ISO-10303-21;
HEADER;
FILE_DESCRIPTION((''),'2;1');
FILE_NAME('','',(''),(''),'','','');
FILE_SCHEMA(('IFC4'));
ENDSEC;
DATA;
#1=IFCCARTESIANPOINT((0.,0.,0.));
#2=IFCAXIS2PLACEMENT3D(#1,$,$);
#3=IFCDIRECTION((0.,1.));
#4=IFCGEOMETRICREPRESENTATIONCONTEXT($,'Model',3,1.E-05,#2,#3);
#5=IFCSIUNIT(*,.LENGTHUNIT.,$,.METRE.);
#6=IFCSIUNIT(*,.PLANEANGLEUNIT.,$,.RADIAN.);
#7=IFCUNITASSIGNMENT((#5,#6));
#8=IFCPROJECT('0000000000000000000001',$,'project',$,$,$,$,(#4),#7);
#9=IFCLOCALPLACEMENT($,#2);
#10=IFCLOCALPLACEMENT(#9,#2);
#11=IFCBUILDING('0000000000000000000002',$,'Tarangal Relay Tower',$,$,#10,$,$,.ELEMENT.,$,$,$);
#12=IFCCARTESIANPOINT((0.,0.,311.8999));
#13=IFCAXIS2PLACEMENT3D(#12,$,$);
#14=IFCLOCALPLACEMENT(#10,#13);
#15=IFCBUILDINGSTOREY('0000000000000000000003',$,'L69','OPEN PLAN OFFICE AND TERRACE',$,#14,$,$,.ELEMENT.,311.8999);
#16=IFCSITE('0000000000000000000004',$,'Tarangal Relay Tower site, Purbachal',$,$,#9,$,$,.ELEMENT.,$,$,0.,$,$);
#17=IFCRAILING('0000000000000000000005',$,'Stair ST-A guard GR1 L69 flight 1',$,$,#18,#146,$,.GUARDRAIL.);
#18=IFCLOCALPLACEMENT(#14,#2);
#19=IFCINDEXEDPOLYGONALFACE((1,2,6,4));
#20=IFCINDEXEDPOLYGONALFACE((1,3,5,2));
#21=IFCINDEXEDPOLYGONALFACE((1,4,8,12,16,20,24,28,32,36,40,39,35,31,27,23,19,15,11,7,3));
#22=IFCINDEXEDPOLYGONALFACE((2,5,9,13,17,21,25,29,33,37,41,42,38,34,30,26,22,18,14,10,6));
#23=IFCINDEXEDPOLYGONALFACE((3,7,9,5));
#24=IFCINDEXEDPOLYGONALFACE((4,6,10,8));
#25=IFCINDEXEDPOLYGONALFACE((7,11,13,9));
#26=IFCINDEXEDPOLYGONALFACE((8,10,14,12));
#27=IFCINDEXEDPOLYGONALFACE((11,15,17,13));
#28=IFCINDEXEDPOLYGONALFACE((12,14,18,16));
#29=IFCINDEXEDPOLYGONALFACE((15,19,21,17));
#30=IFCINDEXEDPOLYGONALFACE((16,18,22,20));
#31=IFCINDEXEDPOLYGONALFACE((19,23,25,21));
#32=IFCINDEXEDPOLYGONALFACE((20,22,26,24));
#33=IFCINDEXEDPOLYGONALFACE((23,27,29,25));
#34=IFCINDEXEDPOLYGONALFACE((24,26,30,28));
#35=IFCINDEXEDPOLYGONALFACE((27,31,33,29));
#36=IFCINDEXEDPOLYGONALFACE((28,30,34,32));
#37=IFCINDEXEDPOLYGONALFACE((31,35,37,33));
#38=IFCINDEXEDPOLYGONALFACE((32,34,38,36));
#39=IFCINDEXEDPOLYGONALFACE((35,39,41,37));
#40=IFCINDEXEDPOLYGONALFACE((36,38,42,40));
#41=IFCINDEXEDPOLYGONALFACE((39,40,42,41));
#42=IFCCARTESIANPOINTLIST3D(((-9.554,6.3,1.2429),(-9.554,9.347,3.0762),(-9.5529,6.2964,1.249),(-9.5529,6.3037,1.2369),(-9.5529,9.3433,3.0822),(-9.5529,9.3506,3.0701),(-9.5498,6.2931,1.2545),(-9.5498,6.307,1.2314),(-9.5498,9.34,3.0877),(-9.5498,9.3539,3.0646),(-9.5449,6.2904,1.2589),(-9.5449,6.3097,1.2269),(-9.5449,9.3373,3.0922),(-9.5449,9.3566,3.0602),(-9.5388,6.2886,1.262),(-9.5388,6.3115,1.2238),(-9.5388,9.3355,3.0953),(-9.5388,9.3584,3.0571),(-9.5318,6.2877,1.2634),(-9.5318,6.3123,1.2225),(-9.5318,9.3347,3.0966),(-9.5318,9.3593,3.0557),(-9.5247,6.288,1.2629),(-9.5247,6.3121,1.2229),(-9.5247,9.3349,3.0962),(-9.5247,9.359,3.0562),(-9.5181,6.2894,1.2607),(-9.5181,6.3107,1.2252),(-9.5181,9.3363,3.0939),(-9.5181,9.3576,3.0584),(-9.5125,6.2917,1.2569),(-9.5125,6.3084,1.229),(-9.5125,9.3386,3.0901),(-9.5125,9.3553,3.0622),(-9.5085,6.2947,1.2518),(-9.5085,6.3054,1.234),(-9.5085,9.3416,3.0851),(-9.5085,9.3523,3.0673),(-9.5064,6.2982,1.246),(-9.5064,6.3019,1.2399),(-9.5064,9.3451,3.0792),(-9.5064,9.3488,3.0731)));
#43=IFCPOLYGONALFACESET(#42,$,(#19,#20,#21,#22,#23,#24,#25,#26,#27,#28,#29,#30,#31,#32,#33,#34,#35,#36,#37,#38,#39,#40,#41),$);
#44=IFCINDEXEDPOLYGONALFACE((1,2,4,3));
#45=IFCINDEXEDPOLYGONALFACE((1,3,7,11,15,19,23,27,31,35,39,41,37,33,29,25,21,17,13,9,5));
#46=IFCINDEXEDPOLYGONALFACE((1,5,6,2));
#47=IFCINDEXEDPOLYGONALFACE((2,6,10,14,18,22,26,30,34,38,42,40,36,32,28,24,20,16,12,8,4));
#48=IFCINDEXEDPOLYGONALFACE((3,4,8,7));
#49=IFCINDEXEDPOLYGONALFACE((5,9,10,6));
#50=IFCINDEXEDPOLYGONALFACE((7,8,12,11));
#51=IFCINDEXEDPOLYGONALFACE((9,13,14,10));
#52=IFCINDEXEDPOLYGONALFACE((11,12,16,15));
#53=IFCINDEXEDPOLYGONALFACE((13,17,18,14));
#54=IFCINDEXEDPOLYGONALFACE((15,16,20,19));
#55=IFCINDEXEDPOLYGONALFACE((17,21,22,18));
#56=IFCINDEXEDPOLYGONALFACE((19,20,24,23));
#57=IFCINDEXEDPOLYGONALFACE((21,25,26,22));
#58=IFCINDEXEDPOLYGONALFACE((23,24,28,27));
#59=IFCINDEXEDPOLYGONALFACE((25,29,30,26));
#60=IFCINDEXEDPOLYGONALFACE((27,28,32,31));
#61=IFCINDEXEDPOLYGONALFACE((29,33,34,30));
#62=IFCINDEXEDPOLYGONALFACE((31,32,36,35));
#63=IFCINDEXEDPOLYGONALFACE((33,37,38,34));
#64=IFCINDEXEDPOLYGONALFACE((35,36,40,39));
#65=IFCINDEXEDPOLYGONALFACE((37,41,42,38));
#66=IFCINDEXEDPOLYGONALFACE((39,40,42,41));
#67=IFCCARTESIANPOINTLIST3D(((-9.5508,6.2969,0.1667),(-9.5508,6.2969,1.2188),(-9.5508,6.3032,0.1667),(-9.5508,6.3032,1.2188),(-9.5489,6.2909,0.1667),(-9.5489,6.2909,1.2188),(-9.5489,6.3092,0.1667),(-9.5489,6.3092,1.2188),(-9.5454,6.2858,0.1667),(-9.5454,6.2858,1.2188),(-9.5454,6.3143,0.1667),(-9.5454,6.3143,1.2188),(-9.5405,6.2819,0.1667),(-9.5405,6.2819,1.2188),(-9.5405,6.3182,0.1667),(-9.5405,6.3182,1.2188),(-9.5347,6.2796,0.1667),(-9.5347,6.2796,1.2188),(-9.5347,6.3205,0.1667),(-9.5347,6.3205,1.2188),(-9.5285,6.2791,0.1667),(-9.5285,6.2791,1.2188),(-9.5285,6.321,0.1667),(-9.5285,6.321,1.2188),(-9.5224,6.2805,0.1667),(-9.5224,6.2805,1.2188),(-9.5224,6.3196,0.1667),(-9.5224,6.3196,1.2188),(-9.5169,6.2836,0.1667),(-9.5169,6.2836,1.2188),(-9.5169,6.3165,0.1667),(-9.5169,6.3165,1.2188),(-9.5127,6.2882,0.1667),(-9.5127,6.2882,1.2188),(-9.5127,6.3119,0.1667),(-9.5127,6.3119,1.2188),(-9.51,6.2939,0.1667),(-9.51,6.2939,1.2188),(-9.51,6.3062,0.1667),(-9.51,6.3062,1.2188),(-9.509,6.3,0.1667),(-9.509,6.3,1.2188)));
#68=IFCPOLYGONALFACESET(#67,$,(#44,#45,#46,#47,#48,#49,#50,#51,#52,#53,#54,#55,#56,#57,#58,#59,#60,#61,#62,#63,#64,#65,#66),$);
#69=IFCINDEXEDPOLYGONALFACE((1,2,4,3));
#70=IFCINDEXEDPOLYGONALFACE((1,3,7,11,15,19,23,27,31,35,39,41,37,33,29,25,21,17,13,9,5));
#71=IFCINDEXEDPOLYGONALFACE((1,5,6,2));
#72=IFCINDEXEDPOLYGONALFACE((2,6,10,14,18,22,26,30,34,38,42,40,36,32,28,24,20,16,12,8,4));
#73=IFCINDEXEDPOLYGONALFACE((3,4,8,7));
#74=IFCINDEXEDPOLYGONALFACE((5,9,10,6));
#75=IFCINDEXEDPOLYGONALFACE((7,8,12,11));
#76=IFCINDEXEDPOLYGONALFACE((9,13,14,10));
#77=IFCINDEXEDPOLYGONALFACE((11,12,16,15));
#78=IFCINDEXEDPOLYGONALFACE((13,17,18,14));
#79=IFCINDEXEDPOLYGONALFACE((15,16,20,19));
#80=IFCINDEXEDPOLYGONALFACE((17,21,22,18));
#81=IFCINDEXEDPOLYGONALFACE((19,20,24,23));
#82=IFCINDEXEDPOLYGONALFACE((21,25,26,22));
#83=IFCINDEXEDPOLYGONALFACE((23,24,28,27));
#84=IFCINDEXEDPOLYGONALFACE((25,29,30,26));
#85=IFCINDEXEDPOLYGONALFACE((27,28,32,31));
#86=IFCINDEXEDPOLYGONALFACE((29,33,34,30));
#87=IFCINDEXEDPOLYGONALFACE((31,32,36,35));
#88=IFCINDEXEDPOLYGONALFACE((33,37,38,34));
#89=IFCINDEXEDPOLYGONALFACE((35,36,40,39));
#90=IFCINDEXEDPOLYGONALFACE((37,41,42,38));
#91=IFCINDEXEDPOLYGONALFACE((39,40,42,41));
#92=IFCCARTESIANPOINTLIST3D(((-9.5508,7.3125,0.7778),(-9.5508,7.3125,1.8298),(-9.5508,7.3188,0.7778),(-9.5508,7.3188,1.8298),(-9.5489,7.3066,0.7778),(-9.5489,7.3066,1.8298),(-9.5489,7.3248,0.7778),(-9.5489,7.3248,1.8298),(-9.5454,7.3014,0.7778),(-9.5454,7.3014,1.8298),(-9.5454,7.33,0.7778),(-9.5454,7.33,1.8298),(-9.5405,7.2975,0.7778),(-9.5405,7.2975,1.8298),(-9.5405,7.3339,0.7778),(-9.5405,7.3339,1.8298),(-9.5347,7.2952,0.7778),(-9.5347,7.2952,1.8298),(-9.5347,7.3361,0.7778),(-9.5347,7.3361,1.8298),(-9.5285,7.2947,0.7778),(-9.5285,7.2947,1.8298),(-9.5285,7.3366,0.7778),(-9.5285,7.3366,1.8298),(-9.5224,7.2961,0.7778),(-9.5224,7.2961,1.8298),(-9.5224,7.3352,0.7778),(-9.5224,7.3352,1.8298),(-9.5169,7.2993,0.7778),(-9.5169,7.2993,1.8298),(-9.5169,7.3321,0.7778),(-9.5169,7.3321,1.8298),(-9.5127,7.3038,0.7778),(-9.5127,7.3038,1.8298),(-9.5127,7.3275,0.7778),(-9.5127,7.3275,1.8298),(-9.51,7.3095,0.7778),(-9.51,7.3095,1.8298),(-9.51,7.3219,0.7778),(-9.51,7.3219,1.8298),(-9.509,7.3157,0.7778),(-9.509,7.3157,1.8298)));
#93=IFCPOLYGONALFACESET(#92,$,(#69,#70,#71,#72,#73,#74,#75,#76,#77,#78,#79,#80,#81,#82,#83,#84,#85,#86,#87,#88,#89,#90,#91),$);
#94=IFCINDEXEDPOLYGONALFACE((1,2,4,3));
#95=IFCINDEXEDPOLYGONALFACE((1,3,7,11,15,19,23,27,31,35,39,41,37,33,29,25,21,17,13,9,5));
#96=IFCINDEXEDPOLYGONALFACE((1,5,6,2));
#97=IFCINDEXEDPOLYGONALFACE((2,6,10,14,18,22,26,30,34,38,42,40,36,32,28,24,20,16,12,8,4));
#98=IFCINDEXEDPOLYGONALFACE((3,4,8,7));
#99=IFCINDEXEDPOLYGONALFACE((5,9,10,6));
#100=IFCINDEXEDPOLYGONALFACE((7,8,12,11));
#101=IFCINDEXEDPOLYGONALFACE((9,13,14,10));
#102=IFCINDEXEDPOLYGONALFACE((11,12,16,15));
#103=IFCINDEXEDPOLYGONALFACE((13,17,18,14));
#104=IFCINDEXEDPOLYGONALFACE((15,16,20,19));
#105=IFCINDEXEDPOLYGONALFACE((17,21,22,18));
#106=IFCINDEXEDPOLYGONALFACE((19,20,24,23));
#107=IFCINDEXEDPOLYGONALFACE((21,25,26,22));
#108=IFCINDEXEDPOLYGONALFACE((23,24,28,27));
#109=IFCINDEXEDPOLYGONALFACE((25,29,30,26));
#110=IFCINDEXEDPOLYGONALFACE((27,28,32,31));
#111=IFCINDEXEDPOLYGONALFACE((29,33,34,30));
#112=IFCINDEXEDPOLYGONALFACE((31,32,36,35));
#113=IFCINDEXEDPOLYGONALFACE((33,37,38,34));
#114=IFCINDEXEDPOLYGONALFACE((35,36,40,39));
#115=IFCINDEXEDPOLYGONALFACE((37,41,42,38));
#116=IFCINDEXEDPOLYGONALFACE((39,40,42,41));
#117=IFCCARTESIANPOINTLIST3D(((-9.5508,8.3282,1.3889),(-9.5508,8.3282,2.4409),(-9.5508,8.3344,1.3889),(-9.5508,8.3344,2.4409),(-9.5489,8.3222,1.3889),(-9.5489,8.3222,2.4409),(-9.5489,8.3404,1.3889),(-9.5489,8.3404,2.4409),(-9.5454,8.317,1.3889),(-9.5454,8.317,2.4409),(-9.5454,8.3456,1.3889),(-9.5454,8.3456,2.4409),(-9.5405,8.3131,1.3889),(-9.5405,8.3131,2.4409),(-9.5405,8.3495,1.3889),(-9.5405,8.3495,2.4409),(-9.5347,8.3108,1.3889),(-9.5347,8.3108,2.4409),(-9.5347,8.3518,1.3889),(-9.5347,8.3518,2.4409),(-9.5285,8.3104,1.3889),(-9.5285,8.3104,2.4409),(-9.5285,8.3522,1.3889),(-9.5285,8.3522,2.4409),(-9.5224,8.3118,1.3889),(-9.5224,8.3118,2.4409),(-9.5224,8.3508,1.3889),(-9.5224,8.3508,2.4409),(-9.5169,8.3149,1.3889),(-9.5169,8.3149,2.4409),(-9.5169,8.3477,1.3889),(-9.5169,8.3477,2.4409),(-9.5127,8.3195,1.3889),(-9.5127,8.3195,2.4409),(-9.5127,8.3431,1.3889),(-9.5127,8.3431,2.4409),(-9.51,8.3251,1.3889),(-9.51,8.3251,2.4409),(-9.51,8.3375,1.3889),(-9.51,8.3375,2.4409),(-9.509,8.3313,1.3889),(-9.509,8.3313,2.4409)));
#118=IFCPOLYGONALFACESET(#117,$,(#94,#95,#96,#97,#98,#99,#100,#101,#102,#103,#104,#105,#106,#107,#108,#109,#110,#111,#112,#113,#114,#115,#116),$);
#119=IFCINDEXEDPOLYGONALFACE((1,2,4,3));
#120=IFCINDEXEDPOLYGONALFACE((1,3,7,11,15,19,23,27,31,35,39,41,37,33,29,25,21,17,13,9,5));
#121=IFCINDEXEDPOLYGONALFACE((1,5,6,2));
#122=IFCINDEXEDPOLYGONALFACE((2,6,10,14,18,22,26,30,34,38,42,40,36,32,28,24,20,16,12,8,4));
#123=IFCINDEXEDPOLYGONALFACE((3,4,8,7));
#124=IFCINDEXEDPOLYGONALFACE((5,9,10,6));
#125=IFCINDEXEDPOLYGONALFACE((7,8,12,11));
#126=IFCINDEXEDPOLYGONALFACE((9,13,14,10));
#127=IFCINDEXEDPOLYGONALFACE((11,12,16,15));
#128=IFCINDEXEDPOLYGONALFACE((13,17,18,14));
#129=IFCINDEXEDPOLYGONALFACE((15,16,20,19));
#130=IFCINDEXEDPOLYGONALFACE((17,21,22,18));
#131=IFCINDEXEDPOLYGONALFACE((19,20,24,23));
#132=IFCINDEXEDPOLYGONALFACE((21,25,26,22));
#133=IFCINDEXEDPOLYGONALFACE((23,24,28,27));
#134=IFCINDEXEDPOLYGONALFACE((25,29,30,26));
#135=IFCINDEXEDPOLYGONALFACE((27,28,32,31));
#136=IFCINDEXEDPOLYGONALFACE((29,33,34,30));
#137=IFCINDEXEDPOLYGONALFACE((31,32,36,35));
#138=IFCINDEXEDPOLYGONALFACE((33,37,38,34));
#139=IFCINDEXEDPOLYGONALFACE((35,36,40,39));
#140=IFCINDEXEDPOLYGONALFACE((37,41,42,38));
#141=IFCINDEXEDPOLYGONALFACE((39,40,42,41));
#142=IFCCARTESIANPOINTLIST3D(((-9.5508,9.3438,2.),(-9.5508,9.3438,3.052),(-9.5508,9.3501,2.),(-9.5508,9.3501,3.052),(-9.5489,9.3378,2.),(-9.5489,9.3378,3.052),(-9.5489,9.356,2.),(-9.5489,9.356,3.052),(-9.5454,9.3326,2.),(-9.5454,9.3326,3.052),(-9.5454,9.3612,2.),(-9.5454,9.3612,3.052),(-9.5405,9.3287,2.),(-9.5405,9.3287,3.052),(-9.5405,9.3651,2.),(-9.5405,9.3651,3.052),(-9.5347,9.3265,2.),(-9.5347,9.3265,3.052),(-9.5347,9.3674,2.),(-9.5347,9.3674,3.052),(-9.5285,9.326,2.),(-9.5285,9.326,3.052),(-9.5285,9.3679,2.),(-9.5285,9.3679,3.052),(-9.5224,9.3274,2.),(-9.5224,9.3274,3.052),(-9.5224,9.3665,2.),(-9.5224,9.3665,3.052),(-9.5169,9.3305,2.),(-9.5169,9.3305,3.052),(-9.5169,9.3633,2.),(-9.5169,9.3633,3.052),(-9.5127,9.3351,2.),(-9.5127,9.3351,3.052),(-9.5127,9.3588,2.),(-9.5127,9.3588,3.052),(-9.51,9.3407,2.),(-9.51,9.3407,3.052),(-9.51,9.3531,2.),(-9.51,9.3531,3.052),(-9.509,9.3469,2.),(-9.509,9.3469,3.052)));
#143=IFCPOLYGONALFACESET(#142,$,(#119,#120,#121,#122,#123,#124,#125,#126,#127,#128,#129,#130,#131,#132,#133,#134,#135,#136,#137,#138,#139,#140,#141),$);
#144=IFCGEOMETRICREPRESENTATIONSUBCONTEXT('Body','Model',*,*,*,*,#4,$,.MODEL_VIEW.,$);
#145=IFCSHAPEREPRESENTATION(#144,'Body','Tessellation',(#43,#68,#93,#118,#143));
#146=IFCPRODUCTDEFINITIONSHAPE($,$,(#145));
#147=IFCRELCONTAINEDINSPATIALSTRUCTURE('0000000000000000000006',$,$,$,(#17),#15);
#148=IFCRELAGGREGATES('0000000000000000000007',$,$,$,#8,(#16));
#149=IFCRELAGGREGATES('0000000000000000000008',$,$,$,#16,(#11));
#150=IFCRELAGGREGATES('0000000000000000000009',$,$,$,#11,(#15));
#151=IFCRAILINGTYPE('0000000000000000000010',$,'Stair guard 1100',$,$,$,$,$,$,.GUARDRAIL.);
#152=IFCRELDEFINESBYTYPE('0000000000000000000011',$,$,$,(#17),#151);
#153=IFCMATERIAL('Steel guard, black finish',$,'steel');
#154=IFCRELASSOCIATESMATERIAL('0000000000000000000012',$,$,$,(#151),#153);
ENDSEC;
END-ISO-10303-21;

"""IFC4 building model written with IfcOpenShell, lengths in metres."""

from ifc_helpers import new_model, si_unit, direction, frame, origin, origin_2d, place, context, subcontext, project, spatial, circle, extrude, material, type_object, element, save


model = new_model("IFC4")

# Units and contexts
model_context = context("Model", 3, precision=1e-05, world=origin(), true_north=direction((0.0, 1.0)))
body_context = subcontext(model_context, "Body", "Model", "MODEL_VIEW")
ifc_project = project(units=[si_unit("LENGTHUNIT", "METRE"), si_unit("PLANEANGLEUNIT", "RADIAN")], contexts=[model_context])

# Site, building, storey
site_placement = place(None, origin())
site = spatial("IfcSite", under=ifc_project, at=site_placement, Name="Tarangal Relay Tower site, Purbachal", CompositionType="ELEMENT", RefElevation=0.0)
building_placement = place(site_placement, origin())
building = spatial("IfcBuilding", under=site, at=building_placement, Name="Tarangal Relay Tower", CompositionType="ELEMENT")
storey_placement = place(building_placement, frame((0.0, 0.0, 311.8999)))
storey = spatial("IfcBuildingStorey", under=building, at=storey_placement, Name="L69", Description="OPEN PLAN OFFICE AND TERRACE", CompositionType="ELEMENT", Elevation=311.8999)

# Railing
ifc_material_1 = material(Name="Steel guard, black finish", Category="steel")
railing_type_1 = type_object("IfcRailingType", Name="Stair guard 1100", PredefinedType="GUARDRAIL", material=ifc_material_1)
railing_1_placement = place(storey_placement, frame((-9.53, 6.3, 0.1667)))
element("IfcRailing", 1, at=railing_1_placement, inside=storey, type_object=railing_type_1, Name="Stair ST-A guard GR1 L69 flight 1", PredefinedType="GUARDRAIL", context=body_context, shape_type="SweptSolid", body=[
    extrude(circle(Radius=0.0239, at=origin_2d()), frame((0.0, 0.0, 1.0762), z_axis=(0.0, 0.856856, 0.515556), x_axis=(-1.0, 0.0, 0.0)), (0.0, 0.0, 1.0), 3.5559),
    extrude(circle(Radius=0.021, at=origin_2d()), origin(), (0.0, 0.0, 1.0), 1.052),
    extrude(circle(Radius=0.021, at=origin_2d()), frame((0.0, 1.0156, 0.6111)), (0.0, 0.0, 1.0), 1.052),
    extrude(circle(Radius=0.021, at=origin_2d()), frame((0.0, 2.0312, 1.2222)), (0.0, 0.0, 1.0), 1.052),
    extrude(circle(Radius=0.021, at=origin_2d()), frame((0.0, 3.0469, 1.8333)), (0.0, 0.0, 1.0), 1.052),
])

save(model, "model.ifc")
